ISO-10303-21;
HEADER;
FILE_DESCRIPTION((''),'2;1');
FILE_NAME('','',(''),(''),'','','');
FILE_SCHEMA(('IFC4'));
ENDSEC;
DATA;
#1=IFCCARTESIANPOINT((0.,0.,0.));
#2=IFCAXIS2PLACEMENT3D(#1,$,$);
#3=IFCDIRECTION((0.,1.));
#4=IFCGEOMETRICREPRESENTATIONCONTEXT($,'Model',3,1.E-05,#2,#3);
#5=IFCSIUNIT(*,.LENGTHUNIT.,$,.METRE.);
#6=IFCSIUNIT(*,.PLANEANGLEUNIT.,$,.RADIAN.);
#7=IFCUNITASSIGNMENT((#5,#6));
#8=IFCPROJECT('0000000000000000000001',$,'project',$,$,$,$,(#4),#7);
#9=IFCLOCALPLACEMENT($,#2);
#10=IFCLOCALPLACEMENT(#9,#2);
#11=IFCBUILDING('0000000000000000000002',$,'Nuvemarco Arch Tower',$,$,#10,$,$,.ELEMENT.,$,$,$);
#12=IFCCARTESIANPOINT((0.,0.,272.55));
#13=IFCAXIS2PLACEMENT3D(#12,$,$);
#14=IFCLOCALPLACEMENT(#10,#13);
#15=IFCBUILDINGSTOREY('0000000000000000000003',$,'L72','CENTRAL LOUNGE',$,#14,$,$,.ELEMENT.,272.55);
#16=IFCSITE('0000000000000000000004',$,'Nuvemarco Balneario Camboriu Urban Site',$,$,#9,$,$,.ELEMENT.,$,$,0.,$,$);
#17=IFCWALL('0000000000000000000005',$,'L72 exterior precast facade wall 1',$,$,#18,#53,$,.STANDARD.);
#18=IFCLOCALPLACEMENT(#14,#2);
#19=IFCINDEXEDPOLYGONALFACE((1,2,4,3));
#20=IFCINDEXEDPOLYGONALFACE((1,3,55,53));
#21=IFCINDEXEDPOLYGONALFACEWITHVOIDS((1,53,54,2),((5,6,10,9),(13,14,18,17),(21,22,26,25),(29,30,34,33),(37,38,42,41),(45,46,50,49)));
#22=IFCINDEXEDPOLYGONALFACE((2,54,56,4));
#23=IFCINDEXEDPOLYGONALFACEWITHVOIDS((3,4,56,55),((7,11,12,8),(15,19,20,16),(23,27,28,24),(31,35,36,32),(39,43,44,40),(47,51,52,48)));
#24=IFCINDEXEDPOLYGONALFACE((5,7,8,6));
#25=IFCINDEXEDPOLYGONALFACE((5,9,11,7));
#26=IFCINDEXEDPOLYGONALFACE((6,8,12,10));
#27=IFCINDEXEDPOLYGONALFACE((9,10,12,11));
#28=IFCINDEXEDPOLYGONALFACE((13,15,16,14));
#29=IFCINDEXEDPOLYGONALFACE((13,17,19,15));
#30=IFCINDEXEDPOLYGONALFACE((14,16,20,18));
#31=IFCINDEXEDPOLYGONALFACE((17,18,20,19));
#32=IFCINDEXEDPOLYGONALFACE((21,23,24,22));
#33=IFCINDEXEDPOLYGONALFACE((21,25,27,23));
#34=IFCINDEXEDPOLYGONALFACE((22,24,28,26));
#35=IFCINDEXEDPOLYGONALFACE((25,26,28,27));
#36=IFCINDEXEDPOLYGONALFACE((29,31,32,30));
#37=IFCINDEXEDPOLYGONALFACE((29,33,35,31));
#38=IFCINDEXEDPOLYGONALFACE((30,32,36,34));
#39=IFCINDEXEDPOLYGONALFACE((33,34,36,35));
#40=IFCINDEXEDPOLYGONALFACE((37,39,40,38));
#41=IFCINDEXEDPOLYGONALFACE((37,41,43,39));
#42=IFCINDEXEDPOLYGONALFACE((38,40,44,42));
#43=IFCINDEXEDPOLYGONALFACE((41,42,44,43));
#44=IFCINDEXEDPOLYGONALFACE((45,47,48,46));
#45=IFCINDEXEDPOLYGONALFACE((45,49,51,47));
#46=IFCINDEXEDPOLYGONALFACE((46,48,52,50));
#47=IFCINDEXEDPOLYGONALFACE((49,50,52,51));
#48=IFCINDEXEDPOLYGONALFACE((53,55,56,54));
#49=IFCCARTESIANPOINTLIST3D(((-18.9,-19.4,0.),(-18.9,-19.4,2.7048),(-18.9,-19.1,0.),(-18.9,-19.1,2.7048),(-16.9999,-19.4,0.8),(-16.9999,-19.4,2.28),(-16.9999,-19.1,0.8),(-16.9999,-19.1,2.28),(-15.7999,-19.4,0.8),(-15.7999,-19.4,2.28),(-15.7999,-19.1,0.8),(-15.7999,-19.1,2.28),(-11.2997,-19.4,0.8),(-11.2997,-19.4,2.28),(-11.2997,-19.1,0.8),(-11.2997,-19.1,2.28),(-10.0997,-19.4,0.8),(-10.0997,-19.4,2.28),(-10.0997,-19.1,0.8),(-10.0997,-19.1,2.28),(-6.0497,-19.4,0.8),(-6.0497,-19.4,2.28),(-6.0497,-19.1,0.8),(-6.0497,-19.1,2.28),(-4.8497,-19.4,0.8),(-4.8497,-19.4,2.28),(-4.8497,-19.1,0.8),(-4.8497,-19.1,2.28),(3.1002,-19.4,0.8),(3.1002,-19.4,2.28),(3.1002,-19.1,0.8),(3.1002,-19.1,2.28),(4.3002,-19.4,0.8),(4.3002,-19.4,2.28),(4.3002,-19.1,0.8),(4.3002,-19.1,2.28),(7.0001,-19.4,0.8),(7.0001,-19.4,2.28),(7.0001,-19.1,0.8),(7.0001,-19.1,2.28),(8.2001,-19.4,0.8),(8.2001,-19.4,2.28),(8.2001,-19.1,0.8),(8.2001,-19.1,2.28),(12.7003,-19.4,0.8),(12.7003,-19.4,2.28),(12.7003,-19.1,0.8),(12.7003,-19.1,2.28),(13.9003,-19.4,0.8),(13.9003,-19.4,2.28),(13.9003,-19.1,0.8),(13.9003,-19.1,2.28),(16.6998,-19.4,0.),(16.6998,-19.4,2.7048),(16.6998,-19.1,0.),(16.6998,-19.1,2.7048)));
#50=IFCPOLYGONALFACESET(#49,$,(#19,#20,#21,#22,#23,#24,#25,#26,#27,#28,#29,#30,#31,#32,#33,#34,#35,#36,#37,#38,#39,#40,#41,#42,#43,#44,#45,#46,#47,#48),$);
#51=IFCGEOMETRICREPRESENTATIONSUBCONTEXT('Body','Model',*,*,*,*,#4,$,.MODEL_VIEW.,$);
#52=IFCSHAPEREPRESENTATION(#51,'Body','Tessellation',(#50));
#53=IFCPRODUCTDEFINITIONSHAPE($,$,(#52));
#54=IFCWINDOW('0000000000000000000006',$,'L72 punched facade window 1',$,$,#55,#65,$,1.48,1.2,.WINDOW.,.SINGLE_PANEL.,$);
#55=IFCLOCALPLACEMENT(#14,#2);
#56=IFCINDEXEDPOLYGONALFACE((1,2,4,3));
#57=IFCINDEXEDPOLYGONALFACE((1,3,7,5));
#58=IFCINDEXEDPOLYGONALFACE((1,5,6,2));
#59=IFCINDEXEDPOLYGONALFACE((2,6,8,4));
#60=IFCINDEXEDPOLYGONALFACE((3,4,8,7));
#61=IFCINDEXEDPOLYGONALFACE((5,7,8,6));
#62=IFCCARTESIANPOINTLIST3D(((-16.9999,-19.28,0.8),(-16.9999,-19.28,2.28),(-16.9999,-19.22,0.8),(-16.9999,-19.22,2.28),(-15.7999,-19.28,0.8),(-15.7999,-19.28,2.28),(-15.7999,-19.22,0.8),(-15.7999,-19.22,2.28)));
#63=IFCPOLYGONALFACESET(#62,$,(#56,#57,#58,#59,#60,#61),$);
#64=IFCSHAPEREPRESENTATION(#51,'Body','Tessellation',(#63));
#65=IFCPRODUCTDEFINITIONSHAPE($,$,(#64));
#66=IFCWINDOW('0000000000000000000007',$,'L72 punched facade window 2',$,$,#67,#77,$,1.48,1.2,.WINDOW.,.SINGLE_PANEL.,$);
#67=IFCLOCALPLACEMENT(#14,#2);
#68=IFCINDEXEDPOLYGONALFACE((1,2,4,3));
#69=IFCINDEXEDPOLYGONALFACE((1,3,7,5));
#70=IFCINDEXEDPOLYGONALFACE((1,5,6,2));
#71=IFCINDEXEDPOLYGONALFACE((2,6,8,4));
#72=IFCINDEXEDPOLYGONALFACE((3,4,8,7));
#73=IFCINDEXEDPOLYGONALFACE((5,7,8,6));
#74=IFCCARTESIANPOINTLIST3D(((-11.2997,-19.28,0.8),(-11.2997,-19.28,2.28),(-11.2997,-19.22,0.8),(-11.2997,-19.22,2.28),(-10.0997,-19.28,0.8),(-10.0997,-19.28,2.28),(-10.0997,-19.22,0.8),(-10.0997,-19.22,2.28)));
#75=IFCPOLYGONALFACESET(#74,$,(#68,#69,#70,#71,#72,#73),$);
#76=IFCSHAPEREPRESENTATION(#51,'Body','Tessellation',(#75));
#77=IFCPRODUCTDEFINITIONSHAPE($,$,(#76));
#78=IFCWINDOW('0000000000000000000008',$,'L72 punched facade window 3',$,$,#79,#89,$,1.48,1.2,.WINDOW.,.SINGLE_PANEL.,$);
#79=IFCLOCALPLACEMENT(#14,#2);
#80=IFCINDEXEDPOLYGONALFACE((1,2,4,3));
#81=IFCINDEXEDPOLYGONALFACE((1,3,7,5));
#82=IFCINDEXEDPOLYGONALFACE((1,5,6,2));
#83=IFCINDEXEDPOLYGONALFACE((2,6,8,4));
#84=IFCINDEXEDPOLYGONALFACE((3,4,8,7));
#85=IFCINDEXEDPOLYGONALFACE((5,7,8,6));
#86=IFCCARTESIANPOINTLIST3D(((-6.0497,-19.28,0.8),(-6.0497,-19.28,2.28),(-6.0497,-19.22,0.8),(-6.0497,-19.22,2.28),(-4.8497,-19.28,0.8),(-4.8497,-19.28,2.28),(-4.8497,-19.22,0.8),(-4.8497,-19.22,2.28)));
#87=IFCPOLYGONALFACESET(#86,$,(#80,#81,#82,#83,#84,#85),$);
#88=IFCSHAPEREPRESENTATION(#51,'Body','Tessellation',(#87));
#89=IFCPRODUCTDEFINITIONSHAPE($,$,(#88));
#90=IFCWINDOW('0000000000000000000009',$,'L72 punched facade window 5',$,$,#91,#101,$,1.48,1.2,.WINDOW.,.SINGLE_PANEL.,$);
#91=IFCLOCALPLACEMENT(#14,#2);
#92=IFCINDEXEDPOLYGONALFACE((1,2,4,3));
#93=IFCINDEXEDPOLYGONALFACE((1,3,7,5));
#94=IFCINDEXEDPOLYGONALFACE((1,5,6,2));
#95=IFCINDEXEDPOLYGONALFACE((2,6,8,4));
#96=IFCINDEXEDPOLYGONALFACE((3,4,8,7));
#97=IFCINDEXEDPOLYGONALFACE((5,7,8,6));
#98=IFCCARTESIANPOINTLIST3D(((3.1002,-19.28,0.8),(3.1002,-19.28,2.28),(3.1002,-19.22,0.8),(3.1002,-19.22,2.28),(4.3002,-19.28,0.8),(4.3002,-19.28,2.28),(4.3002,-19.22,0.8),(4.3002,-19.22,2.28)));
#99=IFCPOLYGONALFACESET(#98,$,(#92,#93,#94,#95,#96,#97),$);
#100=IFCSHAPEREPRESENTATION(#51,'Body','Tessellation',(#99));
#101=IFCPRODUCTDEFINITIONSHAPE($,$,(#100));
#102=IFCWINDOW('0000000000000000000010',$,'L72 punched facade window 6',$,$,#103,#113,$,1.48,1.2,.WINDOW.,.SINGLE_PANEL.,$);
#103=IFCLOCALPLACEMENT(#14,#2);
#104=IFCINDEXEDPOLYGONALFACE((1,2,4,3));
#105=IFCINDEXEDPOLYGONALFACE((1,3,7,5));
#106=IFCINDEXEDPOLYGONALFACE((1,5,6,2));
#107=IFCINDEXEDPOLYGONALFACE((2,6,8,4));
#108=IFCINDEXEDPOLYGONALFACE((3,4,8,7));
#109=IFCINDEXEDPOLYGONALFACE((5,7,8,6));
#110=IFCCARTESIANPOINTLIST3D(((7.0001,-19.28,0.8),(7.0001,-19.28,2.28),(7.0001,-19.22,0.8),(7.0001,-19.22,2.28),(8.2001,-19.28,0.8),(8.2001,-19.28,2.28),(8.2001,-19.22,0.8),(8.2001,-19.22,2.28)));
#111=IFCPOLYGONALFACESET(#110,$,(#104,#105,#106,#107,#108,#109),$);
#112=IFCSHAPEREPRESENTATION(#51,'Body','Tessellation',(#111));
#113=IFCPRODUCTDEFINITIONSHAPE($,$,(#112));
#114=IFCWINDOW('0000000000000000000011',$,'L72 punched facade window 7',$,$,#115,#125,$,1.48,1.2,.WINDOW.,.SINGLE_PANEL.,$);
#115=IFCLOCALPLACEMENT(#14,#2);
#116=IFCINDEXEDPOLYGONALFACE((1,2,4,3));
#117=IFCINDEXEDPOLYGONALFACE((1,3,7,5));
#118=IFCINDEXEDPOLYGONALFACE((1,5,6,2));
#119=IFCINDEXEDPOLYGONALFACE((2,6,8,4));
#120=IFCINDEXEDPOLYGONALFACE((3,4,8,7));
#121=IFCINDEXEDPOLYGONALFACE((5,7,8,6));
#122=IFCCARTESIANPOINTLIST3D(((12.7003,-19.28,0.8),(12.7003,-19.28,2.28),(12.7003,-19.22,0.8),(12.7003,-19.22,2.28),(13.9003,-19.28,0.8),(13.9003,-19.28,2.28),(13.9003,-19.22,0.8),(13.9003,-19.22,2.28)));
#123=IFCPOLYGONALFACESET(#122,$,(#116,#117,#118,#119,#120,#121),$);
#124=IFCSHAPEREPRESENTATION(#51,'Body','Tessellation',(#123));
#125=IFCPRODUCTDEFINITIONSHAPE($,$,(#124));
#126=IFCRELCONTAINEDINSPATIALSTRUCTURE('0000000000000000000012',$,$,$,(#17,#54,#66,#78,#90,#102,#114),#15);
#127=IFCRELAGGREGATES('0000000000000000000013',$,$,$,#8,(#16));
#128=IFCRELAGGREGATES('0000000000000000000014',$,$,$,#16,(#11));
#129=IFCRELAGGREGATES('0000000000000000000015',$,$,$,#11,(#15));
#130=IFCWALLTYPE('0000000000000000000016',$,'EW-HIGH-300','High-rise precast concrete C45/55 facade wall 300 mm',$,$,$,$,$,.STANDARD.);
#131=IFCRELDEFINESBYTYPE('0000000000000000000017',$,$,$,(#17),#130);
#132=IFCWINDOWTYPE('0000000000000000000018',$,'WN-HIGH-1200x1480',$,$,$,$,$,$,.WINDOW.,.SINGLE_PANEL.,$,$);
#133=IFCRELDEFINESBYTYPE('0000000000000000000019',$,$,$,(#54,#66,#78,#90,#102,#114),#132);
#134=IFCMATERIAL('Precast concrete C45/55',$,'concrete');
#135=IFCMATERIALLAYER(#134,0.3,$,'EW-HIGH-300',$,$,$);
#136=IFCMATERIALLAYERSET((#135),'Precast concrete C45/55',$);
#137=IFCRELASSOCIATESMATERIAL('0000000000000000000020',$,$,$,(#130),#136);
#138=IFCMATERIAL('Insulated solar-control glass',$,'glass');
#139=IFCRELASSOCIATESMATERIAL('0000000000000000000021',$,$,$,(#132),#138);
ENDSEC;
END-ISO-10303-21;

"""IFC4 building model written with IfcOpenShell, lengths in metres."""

from ifc_helpers import new_model, si_unit, direction, frame, frame_2d, origin, place, context, subcontext, project, spatial, rectangle, extrude, source, transform, mapped, material, layer, layer_set, type_object, type_shapes, element, fill, save


model = new_model("IFC4")

# Units and contexts
model_context = context("Model", 3, precision=1e-05, world=origin(), true_north=direction((0.0, 1.0)))
body_context = subcontext(model_context, "Body", "Model", "MODEL_VIEW")
ifc_project = project(units=[si_unit("LENGTHUNIT", "METRE"), si_unit("PLANEANGLEUNIT", "RADIAN")], contexts=[model_context])

# Site, building, storey
site_placement = place(None, origin())
site = spatial("IfcSite", under=ifc_project, at=site_placement, Name="Nuvemarco Balneario Camboriu Urban Site", CompositionType="ELEMENT", RefElevation=0.0)
building_placement = place(site_placement, origin())
building = spatial("IfcBuilding", under=site, at=building_placement, Name="Nuvemarco Arch Tower", CompositionType="ELEMENT")
storey_placement = place(building_placement, frame((0.0, 0.0, 272.55)))
storey = spatial("IfcBuildingStorey", under=building, at=storey_placement, Name="L72", Description="CENTRAL LOUNGE", CompositionType="ELEMENT", Elevation=272.55)

# Shared definitions
ifc_material_1 = material(Name="Precast concrete C45/55", Category="concrete")

# Wall, openings, windows
ifc_layer = layer(ifc_material_1, 0.3, Name="EW-HIGH-300")
ifc_layer_set = layer_set([ifc_layer], Name="Precast concrete C45/55")
wall_type = type_object("IfcWallType", Name="EW-HIGH-300", Description="High-rise precast concrete C45/55 facade wall 300 mm", PredefinedType="STANDARD", material=ifc_layer_set)
wall_1_placement = place(storey_placement, frame((-18.8999, -19.25, 0.0), z_axis=(0.0, 0.0, 1.0), x_axis=(1.0, 0.0, 0.0)))
wall_1 = element("IfcWall", 1, at=wall_1_placement, inside=storey, type_object=wall_type, Name="L72 exterior precast facade wall 1", PredefinedType="STANDARD", context=body_context, shape_type="SweptSolid", body=[
    extrude(rectangle(XDim=35.5999, YDim=0.3, at=frame_2d((17.7998, 0.0))), origin(), (0.0, 0.0, 1.0), 2.7048),
])
opening_1_placement = place(wall_1_placement, frame((1.8999, 0.0, 0.8)))
opening_1 = element("IfcOpeningElement", 2, at=opening_1_placement, cuts=wall_1, PredefinedType="OPENING", context=body_context, shape_type="SweptSolid", body=[
    extrude(rectangle(XDim=1.2, YDim=1.48, at=frame_2d((0.6001, 0.74))), frame((0.0, 0.1599, 0.0), z_axis=(0.0, -1.0, 0.0), x_axis=(1.0, 0.0, 0.0)), (0.0, 0.0, 1.0), 0.3201),
])
opening_2_placement = place(wall_1_placement, frame((7.6001, 0.0, 0.8)))
opening_2 = element("IfcOpeningElement", 3, at=opening_2_placement, cuts=wall_1, PredefinedType="OPENING", context=body_context, shape_type="SweptSolid", body=[
    extrude(rectangle(XDim=1.2, YDim=1.48, at=frame_2d((0.6001, 0.74))), frame((0.0, 0.1599, 0.0), z_axis=(0.0, -1.0, 0.0), x_axis=(1.0, 0.0, 0.0)), (0.0, 0.0, 1.0), 0.3201),
])
opening_3_placement = place(wall_1_placement, frame((12.8501, 0.0, 0.8)))
opening_3 = element("IfcOpeningElement", 4, at=opening_3_placement, cuts=wall_1, PredefinedType="OPENING", context=body_context, shape_type="SweptSolid", body=[
    extrude(rectangle(XDim=1.2, YDim=1.48, at=frame_2d((0.6001, 0.74))), frame((0.0, 0.1599, 0.0), z_axis=(0.0, -1.0, 0.0), x_axis=(1.0, 0.0, 0.0)), (0.0, 0.0, 1.0), 0.3201),
])
opening_4_placement = place(wall_1_placement, frame((22.0, 0.0, 0.8)))
opening_4 = element("IfcOpeningElement", 5, at=opening_4_placement, cuts=wall_1, PredefinedType="OPENING", context=body_context, shape_type="SweptSolid", body=[
    extrude(rectangle(XDim=1.2, YDim=1.48, at=frame_2d((0.6001, 0.74))), frame((0.0, 0.1599, 0.0), z_axis=(0.0, -1.0, 0.0), x_axis=(1.0, 0.0, 0.0)), (0.0, 0.0, 1.0), 0.3201),
])
opening_5_placement = place(wall_1_placement, frame((25.8999, 0.0, 0.8)))
opening_5 = element("IfcOpeningElement", 6, at=opening_5_placement, cuts=wall_1, PredefinedType="OPENING", context=body_context, shape_type="SweptSolid", body=[
    extrude(rectangle(XDim=1.2, YDim=1.48, at=frame_2d((0.6001, 0.74))), frame((0.0, 0.1599, 0.0), z_axis=(0.0, -1.0, 0.0), x_axis=(1.0, 0.0, 0.0)), (0.0, 0.0, 1.0), 0.3201),
])
opening_6_placement = place(wall_1_placement, frame((31.6001, 0.0, 0.8)))
opening_6 = element("IfcOpeningElement", 7, at=opening_6_placement, cuts=wall_1, PredefinedType="OPENING", context=body_context, shape_type="SweptSolid", body=[
    extrude(rectangle(XDim=1.2, YDim=1.48, at=frame_2d((0.6001, 0.74))), frame((0.0, 0.1599, 0.0), z_axis=(0.0, -1.0, 0.0), x_axis=(1.0, 0.0, 0.0)), (0.0, 0.0, 1.0), 0.3201),
])
ifc_material_2 = material(Name="Insulated solar-control glass", Category="glass")
window_type_1 = type_object("IfcWindowType", Name="WN-HIGH-1200x1480", PartitioningType="SINGLE_PANEL", PredefinedType="WINDOW", material=ifc_material_2)
shared_shape_1 = source(origin(), body_context, "Body", "SweptSolid", [
    extrude(rectangle(XDim=1.2, YDim=1.48, at=frame_2d((0.6001, 0.74))), frame((0.0, 0.03, 0.0), z_axis=(0.0, -1.0, 0.0), x_axis=(1.0, 0.0, 0.0)), (0.0, 0.0, 1.0), 0.0601),
])
type_shapes(window_type_1, [shared_shape_1])
window_1_placement = place(opening_1_placement, origin())
window_1 = element("IfcWindow", 8, at=window_1_placement, inside=storey, type_object=window_type_1, Name="L72 punched facade window 1", OverallHeight=1.48, OverallWidth=1.2, PartitioningType="SINGLE_PANEL", PredefinedType="WINDOW", context=body_context, shape_type="MappedRepresentation", body=[
    mapped(shared_shape_1, transform((0.0, 0.0, 0.0), scale=1.0)),
])
fill(opening_1, window_1)
window_2_placement = place(opening_2_placement, origin())
window_2 = element("IfcWindow", 9, at=window_2_placement, inside=storey, type_object=window_type_1, Name="L72 punched facade window 2", OverallHeight=1.48, OverallWidth=1.2, PartitioningType="SINGLE_PANEL", PredefinedType="WINDOW", context=body_context, shape_type="MappedRepresentation", body=[
    mapped(shared_shape_1, transform((0.0, 0.0, 0.0), scale=1.0)),
])
fill(opening_2, window_2)
window_3_placement = place(opening_3_placement, origin())
window_3 = element("IfcWindow", 10, at=window_3_placement, inside=storey, type_object=window_type_1, Name="L72 punched facade window 3", OverallHeight=1.48, OverallWidth=1.2, PartitioningType="SINGLE_PANEL", PredefinedType="WINDOW", context=body_context, shape_type="MappedRepresentation", body=[
    mapped(shared_shape_1, transform((0.0, 0.0, 0.0), scale=1.0)),
])
fill(opening_3, window_3)
window_4_placement = place(opening_4_placement, origin())
window_4 = element("IfcWindow", 11, at=window_4_placement, inside=storey, type_object=window_type_1, Name="L72 punched facade window 5", OverallHeight=1.48, OverallWidth=1.2, PartitioningType="SINGLE_PANEL", PredefinedType="WINDOW", context=body_context, shape_type="MappedRepresentation", body=[
    mapped(shared_shape_1, transform((0.0, 0.0, 0.0), scale=1.0)),
])
fill(opening_4, window_4)
window_5_placement = place(opening_5_placement, origin())
window_5 = element("IfcWindow", 12, at=window_5_placement, inside=storey, type_object=window_type_1, Name="L72 punched facade window 6", OverallHeight=1.48, OverallWidth=1.2, PartitioningType="SINGLE_PANEL", PredefinedType="WINDOW", context=body_context, shape_type="MappedRepresentation", body=[
    mapped(shared_shape_1, transform((0.0, 0.0, 0.0), scale=1.0)),
])
fill(opening_5, window_5)
window_6_placement = place(opening_6_placement, origin())
window_6 = element("IfcWindow", 13, at=window_6_placement, inside=storey, type_object=window_type_1, Name="L72 punched facade window 7", OverallHeight=1.48, OverallWidth=1.2, PartitioningType="SINGLE_PANEL", PredefinedType="WINDOW", context=body_context, shape_type="MappedRepresentation", body=[
    mapped(shared_shape_1, transform((0.0, 0.0, 0.0), scale=1.0)),
])
fill(opening_6, window_6)

save(model, "model.ifc")
